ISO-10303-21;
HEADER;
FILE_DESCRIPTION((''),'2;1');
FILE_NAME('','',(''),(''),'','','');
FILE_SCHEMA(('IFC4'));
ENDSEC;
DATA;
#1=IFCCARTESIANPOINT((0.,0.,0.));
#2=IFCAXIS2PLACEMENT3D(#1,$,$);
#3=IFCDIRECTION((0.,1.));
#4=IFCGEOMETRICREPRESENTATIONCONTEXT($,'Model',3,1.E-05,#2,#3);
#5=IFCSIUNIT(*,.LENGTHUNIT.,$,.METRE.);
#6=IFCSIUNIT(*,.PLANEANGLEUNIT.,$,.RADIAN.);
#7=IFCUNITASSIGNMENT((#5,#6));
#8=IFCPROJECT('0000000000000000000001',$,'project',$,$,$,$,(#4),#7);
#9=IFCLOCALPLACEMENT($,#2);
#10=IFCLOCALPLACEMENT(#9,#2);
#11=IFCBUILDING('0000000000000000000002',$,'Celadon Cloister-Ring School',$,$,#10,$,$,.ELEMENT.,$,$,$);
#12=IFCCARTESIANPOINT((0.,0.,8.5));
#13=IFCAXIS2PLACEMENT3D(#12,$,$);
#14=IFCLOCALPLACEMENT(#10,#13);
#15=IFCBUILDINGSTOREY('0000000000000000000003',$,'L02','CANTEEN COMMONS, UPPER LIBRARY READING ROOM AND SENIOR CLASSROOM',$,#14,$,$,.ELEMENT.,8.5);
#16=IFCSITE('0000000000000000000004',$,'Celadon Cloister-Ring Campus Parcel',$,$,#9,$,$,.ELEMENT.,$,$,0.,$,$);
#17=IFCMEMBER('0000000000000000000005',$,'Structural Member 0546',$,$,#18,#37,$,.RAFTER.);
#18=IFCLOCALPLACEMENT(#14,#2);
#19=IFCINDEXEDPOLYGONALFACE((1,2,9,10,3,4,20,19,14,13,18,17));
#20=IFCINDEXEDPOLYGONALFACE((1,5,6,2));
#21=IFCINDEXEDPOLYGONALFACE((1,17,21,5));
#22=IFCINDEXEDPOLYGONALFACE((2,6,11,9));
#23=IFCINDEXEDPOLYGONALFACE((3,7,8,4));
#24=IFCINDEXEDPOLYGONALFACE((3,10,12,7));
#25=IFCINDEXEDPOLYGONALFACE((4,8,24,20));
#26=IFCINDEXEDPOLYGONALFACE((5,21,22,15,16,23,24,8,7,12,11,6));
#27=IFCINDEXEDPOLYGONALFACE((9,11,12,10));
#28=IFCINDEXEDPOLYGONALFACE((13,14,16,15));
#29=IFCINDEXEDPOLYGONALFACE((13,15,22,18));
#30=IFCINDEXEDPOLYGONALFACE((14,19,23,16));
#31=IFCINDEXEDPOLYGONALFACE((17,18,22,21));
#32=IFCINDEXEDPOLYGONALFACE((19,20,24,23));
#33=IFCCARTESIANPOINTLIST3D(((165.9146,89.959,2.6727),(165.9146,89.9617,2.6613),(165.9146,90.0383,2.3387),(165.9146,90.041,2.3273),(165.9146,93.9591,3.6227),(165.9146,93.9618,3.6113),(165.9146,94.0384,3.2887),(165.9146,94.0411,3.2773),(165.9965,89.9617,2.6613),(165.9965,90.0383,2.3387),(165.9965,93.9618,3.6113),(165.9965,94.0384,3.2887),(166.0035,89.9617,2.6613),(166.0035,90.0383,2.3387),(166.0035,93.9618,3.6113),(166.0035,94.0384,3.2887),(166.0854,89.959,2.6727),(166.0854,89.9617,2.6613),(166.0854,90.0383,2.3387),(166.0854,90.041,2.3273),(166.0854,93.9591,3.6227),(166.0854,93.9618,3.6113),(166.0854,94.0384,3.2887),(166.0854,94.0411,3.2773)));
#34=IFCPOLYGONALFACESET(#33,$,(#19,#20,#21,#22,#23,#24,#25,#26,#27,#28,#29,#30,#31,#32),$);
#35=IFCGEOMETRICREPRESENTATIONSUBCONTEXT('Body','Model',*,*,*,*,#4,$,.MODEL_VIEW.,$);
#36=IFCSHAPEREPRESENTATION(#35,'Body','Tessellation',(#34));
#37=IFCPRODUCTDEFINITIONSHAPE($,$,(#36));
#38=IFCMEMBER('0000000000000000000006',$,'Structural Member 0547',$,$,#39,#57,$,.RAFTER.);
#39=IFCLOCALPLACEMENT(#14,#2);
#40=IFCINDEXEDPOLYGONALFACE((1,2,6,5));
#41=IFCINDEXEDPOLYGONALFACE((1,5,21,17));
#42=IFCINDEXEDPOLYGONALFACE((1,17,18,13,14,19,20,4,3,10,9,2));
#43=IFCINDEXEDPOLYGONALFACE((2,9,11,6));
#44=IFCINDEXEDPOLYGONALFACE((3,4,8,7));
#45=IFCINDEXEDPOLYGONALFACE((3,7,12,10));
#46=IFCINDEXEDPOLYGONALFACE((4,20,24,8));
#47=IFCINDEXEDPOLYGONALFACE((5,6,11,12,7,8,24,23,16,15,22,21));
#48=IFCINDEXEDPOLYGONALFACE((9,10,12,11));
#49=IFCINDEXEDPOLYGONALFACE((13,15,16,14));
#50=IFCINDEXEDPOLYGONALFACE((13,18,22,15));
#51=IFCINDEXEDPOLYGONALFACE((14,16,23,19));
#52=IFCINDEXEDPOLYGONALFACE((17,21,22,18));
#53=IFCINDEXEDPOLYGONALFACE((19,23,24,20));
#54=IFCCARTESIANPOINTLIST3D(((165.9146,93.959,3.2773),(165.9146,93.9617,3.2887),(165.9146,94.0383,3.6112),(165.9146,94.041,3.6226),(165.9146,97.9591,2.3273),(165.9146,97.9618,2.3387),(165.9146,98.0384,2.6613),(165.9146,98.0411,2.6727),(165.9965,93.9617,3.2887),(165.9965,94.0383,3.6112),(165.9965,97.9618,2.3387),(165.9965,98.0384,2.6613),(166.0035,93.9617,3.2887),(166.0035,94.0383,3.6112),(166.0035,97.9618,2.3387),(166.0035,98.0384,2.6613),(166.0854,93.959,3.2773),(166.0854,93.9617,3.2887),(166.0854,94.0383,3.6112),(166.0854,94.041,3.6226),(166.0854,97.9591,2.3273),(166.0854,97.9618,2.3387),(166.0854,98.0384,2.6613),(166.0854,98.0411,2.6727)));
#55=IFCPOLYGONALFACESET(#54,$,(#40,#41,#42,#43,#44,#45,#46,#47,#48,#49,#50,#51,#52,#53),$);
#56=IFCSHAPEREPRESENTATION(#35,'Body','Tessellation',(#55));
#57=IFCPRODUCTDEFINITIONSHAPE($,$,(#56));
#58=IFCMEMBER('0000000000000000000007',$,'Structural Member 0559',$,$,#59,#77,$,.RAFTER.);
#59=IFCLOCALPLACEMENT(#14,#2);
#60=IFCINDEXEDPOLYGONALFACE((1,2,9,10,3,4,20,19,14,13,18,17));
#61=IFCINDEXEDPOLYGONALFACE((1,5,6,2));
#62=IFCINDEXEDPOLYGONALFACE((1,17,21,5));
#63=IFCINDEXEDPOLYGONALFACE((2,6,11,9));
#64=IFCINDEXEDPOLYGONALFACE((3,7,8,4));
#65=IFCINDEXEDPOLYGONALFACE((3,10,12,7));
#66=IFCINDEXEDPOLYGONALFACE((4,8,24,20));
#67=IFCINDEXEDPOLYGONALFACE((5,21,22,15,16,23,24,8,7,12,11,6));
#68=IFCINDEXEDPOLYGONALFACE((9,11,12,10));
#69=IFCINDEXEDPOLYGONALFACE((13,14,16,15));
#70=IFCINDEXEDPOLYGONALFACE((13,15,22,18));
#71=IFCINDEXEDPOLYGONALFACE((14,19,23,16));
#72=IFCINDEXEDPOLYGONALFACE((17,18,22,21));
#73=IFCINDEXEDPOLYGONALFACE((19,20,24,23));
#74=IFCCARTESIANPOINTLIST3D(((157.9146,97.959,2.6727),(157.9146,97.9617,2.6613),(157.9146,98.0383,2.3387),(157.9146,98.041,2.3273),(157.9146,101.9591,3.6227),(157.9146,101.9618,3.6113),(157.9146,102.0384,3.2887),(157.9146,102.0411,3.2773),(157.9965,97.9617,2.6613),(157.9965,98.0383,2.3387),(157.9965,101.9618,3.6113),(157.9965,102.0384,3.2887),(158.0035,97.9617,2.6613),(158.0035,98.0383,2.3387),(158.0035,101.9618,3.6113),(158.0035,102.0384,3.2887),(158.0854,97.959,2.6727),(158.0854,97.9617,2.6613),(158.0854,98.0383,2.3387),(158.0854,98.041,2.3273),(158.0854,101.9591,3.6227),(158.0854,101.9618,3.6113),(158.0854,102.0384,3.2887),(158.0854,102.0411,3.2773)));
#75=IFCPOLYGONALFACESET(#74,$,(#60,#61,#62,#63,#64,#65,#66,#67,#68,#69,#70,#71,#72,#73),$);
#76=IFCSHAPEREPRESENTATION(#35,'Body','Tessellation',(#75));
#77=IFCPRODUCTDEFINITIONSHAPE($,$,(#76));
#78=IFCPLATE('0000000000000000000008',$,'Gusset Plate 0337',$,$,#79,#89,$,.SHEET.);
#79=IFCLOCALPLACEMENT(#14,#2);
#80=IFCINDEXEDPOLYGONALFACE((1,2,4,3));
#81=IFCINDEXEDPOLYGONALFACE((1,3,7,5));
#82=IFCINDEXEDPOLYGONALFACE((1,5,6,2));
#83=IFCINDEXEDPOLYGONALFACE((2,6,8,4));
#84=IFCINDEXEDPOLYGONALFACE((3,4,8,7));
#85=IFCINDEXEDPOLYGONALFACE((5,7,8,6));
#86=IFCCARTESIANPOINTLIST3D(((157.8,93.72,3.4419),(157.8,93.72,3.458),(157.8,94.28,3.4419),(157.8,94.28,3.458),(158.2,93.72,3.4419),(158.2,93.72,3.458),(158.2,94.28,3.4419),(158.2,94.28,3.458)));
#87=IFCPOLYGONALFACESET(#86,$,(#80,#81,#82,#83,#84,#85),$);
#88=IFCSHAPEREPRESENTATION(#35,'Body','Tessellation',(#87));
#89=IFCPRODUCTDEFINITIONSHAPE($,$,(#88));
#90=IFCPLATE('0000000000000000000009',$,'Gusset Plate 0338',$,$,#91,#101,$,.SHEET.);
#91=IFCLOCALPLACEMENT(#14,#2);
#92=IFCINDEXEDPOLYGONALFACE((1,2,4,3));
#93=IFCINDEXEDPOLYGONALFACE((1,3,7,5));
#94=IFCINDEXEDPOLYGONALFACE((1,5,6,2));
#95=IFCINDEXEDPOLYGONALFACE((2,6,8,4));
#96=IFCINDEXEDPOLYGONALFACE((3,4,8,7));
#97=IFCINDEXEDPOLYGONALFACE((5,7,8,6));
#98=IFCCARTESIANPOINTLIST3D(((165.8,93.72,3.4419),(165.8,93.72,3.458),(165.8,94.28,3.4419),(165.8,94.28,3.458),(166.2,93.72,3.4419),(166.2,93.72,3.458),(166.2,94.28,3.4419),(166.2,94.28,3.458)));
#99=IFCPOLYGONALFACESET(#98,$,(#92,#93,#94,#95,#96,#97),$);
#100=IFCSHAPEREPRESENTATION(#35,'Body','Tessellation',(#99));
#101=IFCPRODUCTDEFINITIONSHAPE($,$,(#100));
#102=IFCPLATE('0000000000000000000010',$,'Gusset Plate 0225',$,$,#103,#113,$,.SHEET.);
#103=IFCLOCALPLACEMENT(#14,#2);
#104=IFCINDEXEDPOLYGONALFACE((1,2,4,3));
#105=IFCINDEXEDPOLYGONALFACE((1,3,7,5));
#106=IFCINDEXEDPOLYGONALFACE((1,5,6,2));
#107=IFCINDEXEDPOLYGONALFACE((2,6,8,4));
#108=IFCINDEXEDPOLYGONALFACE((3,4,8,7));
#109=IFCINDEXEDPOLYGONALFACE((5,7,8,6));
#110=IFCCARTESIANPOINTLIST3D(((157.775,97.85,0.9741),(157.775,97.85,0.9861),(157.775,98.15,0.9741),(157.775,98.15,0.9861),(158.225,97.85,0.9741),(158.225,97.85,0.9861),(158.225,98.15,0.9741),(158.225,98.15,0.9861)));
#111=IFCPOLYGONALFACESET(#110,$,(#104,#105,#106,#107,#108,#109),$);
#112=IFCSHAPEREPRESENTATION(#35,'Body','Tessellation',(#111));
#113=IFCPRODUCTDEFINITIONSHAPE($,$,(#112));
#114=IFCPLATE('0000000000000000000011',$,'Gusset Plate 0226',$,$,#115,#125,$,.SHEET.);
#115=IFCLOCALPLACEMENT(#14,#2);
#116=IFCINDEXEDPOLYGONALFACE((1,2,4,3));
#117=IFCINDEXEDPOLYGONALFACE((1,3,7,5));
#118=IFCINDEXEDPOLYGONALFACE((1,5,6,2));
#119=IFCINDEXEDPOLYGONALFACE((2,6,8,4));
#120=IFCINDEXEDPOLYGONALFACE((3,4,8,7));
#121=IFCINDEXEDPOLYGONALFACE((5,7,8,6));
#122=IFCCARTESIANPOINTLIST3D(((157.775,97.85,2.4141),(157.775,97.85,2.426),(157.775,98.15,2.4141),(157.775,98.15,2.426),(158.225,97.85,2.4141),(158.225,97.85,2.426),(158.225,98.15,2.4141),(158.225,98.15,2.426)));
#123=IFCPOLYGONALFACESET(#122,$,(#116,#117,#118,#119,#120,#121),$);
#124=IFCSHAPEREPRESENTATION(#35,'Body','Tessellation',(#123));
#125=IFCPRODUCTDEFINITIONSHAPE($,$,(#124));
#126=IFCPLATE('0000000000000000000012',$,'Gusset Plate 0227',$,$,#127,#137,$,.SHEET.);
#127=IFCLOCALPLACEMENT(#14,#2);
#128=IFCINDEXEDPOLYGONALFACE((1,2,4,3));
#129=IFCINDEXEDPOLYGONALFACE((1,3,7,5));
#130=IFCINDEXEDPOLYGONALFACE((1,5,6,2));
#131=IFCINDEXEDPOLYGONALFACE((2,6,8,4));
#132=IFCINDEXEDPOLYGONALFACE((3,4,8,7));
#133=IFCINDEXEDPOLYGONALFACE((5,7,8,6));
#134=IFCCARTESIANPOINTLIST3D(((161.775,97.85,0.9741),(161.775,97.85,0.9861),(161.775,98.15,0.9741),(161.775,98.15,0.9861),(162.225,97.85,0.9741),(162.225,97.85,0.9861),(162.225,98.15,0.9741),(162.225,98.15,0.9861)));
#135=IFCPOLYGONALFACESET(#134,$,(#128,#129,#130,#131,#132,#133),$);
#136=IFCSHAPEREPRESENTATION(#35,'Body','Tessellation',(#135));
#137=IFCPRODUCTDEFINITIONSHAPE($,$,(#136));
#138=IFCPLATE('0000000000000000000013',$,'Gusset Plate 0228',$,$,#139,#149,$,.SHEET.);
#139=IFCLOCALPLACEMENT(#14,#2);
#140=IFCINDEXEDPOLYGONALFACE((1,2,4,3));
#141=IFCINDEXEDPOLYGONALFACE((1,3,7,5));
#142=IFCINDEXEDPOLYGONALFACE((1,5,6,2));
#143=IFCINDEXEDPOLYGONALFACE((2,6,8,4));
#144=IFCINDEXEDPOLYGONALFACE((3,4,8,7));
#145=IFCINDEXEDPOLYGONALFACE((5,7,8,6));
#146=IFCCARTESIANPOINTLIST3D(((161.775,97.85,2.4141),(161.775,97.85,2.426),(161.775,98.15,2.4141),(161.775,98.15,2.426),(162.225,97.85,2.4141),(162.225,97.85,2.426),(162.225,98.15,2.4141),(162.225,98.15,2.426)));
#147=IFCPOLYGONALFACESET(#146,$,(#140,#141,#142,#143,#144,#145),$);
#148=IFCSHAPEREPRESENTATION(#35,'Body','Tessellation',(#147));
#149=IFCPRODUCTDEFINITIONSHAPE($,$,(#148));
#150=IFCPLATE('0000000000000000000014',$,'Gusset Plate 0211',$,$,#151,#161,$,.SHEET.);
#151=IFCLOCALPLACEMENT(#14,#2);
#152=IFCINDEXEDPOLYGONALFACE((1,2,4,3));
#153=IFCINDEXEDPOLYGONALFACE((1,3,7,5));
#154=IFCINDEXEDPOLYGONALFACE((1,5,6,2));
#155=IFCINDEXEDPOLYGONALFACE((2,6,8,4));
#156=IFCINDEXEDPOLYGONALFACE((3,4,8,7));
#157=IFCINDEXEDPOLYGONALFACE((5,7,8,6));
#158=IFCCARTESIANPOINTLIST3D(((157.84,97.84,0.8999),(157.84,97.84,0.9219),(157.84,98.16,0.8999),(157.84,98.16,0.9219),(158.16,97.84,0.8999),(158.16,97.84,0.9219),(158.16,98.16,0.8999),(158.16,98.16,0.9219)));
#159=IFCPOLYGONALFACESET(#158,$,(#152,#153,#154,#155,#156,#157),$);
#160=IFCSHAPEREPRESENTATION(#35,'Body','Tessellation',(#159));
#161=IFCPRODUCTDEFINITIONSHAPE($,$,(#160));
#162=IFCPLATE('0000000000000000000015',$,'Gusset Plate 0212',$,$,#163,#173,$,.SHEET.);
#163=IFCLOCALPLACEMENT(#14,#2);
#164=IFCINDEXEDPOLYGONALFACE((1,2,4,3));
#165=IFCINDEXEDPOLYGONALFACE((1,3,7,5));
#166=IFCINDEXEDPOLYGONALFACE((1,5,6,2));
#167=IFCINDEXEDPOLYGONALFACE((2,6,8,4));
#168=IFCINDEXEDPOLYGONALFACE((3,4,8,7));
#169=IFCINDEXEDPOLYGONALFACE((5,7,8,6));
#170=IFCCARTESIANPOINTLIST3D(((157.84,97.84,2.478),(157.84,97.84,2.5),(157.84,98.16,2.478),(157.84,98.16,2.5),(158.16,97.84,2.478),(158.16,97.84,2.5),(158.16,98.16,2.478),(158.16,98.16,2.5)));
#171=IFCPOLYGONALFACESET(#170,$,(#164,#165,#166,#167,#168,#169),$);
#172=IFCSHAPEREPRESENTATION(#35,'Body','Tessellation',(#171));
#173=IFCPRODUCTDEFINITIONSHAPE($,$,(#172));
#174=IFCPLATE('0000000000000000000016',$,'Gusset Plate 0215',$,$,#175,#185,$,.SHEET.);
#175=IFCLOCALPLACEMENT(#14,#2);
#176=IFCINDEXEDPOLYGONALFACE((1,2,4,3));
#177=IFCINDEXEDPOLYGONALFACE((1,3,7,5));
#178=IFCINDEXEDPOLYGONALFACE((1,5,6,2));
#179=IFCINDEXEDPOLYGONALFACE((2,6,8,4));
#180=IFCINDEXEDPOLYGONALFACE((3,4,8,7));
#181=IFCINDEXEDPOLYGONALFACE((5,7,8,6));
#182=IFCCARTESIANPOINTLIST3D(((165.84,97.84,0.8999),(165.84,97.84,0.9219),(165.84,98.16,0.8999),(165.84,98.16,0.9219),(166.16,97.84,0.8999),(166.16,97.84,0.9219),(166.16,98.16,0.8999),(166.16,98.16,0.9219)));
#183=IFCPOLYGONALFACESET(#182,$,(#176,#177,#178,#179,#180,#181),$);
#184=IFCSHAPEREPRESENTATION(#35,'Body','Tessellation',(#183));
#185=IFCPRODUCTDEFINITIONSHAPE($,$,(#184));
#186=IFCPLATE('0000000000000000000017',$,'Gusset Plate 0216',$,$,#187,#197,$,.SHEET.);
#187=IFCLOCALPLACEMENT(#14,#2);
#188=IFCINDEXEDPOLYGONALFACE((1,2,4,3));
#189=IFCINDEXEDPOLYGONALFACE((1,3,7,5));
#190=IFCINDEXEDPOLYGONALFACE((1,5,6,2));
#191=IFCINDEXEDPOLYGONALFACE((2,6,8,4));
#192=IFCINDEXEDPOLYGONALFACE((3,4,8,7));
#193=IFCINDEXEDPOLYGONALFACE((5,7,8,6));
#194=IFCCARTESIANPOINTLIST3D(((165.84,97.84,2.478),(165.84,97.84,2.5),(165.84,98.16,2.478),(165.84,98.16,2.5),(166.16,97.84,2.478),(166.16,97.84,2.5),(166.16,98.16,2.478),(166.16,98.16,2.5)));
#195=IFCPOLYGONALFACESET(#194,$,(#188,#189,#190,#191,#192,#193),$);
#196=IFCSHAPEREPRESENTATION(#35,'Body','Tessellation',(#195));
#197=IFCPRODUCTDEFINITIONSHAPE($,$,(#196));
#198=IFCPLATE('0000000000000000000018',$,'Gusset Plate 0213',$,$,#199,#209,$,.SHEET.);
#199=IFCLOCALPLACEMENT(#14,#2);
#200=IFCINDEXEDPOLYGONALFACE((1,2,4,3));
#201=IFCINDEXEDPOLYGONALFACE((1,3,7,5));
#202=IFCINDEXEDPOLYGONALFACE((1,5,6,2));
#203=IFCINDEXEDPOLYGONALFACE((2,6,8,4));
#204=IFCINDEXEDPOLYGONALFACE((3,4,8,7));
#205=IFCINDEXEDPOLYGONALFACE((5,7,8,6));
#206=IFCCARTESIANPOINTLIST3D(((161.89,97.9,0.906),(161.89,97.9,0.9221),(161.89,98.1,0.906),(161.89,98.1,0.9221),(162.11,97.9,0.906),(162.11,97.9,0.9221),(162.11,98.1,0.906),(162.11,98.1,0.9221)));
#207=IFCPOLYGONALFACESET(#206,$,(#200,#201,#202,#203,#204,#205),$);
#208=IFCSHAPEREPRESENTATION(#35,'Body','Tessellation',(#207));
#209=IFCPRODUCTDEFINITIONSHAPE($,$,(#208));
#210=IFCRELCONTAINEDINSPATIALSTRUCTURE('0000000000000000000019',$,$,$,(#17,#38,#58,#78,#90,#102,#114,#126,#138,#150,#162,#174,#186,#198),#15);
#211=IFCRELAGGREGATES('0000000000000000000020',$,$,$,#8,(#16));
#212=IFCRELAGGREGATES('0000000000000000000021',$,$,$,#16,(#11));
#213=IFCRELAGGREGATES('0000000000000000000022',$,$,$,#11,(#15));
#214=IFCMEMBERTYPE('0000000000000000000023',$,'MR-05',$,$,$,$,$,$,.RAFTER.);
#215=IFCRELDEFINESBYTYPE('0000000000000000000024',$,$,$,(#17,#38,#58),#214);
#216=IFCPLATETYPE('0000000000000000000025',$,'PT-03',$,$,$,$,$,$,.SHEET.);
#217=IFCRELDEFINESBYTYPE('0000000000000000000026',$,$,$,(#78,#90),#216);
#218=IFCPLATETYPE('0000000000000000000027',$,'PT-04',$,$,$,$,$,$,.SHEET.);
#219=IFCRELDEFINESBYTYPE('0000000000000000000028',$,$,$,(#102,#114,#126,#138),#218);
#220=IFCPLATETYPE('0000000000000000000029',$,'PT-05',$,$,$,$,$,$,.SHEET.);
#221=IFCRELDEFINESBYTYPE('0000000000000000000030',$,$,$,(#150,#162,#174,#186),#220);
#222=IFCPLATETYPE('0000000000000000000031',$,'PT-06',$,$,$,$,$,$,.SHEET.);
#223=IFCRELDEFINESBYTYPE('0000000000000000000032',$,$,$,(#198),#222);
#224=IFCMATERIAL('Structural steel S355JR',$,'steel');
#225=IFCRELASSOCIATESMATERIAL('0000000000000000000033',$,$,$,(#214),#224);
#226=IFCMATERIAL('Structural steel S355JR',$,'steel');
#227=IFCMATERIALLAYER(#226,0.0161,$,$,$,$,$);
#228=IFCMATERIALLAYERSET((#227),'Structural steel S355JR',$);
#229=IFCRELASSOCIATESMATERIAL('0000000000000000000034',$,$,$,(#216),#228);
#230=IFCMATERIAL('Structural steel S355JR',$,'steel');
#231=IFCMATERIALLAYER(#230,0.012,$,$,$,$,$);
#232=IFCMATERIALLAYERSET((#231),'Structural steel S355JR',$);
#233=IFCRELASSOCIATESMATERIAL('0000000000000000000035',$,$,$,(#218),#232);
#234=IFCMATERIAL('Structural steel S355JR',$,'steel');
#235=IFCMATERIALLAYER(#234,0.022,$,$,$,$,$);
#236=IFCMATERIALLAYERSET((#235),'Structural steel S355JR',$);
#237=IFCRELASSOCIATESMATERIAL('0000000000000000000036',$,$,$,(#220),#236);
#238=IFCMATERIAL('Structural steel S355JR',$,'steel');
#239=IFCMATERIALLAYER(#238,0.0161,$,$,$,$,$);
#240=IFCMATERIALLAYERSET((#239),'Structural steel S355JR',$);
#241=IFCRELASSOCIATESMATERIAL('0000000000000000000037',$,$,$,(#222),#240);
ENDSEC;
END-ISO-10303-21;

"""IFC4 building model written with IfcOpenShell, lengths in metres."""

from ifc_helpers import new_model, si_unit, direction, frame, origin, origin_2d, place, context, subcontext, project, spatial, rectangle, i_section, extrude, material, layer, layer_set, material_profile, profile_set, type_object, element, save


model = new_model("IFC4")

# Units and contexts
model_context = context("Model", 3, precision=1e-05, world=origin(), true_north=direction((0.0, 1.0)))
body_context = subcontext(model_context, "Body", "Model", "MODEL_VIEW")
ifc_project = project(units=[si_unit("LENGTHUNIT", "METRE"), si_unit("PLANEANGLEUNIT", "RADIAN")], contexts=[model_context])

# Site, building, storey
site_placement = place(None, origin())
site = spatial("IfcSite", under=ifc_project, at=site_placement, Name="Celadon Cloister-Ring Campus Parcel", CompositionType="ELEMENT", RefElevation=0.0)
building_placement = place(site_placement, origin())
building = spatial("IfcBuilding", under=site, at=building_placement, Name="Celadon Cloister-Ring School", CompositionType="ELEMENT")
storey_placement = place(building_placement, frame((0.0, 0.0, 8.5)))
storey = spatial("IfcBuildingStorey", under=building, at=storey_placement, Name="L02", Description="CANTEEN COMMONS, UPPER LIBRARY READING ROOM AND SENIOR CLASSROOM", CompositionType="ELEMENT", Elevation=8.5)

# Members
ifc_material_1 = material(Name="Structural steel S355JR", Category="steel")
ifc_material_profile_1 = material_profile(ifc_material_1, i_section(OverallWidth=0.1709, OverallDepth=0.355, WebThickness=0.0071, FlangeThickness=0.0117, at=origin_2d()), Name="W360X51")
ifc_profile_set_1 = profile_set([ifc_material_profile_1], Name="Structural steel S355JR")
member_type_1 = type_object("IfcMemberType", Name="MR-05", PredefinedType="RAFTER", material=ifc_profile_set_1)
for number, where, z_axis, x_axis, name in (
    (1, (166.0, 90.0, 2.5), (0.0, 0.972939, 0.231061), (-1.0, 0.0, 0.0), "Structural Member 0546"),
    (2, (166.0, 94.0, 3.45), (0.0, 0.972939, -0.231061), (-1.0, 0.0, 0.0), "Structural Member 0547"),
    (3, (158.0, 98.0, 2.5), (0.0, 0.972939, 0.231061), (-1.0, 0.0, 0.0), "Structural Member 0559"),
):
    element("IfcMember", number, at=place(storey_placement, frame(where, z_axis=z_axis, x_axis=x_axis)), inside=storey, type_object=member_type_1, Name=name, PredefinedType="RAFTER", context=body_context, shape_type="SweptSolid", body=[
        extrude(i_section(OverallWidth=0.1709, OverallDepth=0.355, WebThickness=0.0071, FlangeThickness=0.0117, at=origin_2d()), origin(), (0.0, 0.0, 1.0), 4.1113),
    ])

# Plates
ifc_material_2 = material(Name="Structural steel S355JR", Category="steel")
ifc_layer_1 = layer(ifc_material_2, 0.0161)
ifc_layer_set_1 = layer_set([ifc_layer_1], Name="Structural steel S355JR")
plate_type_1 = type_object("IfcPlateType", Name="PT-03", PredefinedType="SHEET", material=ifc_layer_set_1)
for number, where, z_axis, x_axis, name in (
    (4, (158.0, 94.0, 3.4419), (0.0, 0.0, 1.0), (0.0, 1.0, 0.0), "Gusset Plate 0337"),
    (5, (166.0, 94.0, 3.4419), (0.0, 0.0, 1.0), (0.0, 1.0, 0.0), "Gusset Plate 0338"),
):
    element("IfcPlate", number, at=place(storey_placement, frame(where, z_axis=z_axis, x_axis=x_axis)), inside=storey, type_object=plate_type_1, Name=name, PredefinedType="SHEET", context=body_context, shape_type="SweptSolid", body=[
        extrude(rectangle(XDim=0.5601, YDim=0.3999, at=origin_2d()), origin(), (0.0, 0.0, 1.0), 0.0161),
    ])
ifc_material_3 = material(Name="Structural steel S355JR", Category="steel")
ifc_layer_2 = layer(ifc_material_3, 0.012)
ifc_layer_set_2 = layer_set([ifc_layer_2], Name="Structural steel S355JR")
plate_type_2 = type_object("IfcPlateType", Name="PT-04", PredefinedType="SHEET", material=ifc_layer_set_2)
for number, where, z_axis, x_axis, name in (
    (6, (158.0, 98.0, 0.9741), (0.0, 0.0, 1.0), (1.0, 0.0, 0.0), "Gusset Plate 0225"),
    (7, (158.0, 98.0, 2.4141), (0.0, 0.0, 1.0), (1.0, 0.0, 0.0), "Gusset Plate 0226"),
    (8, (162.0, 98.0, 0.9741), (0.0, 0.0, 1.0), (1.0, 0.0, 0.0), "Gusset Plate 0227"),
    (9, (162.0, 98.0, 2.4141), (0.0, 0.0, 1.0), (1.0, 0.0, 0.0), "Gusset Plate 0228"),
):
    element("IfcPlate", number, at=place(storey_placement, frame(where, z_axis=z_axis, x_axis=x_axis)), inside=storey, type_object=plate_type_2, Name=name, PredefinedType="SHEET", context=body_context, shape_type="SweptSolid", body=[
        extrude(rectangle(XDim=0.45, YDim=0.3, at=origin_2d()), origin(), (0.0, 0.0, 1.0), 0.012),
    ])
ifc_material_4 = material(Name="Structural steel S355JR", Category="steel")
ifc_layer_3 = layer(ifc_material_4, 0.022)
ifc_layer_set_3 = layer_set([ifc_layer_3], Name="Structural steel S355JR")
plate_type_3 = type_object("IfcPlateType", Name="PT-05", PredefinedType="SHEET", material=ifc_layer_set_3)
for number, where, z_axis, x_axis, name in (
    (10, (158.0, 98.0, 0.8999), (0.0, 0.0, 1.0), (1.0, 0.0, 0.0), "Gusset Plate 0211"),
    (11, (158.0, 98.0, 2.478), (0.0, 0.0, 1.0), (1.0, 0.0, 0.0), "Gusset Plate 0212"),
    (12, (166.0, 98.0, 0.8999), (0.0, 0.0, 1.0), (1.0, 0.0, 0.0), "Gusset Plate 0215"),
    (13, (166.0, 98.0, 2.478), (0.0, 0.0, 1.0), (1.0, 0.0, 0.0), "Gusset Plate 0216"),
):
    element("IfcPlate", number, at=place(storey_placement, frame(where, z_axis=z_axis, x_axis=x_axis)), inside=storey, type_object=plate_type_3, Name=name, PredefinedType="SHEET", context=body_context, shape_type="SweptSolid", body=[
        extrude(rectangle(XDim=0.3201, YDim=0.3201, at=origin_2d()), origin(), (0.0, 0.0, 1.0), 0.022),
    ])
ifc_material_5 = material(Name="Structural steel S355JR", Category="steel")
ifc_layer_4 = layer(ifc_material_5, 0.0161)
ifc_layer_set_4 = layer_set([ifc_layer_4], Name="Structural steel S355JR")
plate_type_4 = type_object("IfcPlateType", Name="PT-06", PredefinedType="SHEET", material=ifc_layer_set_4)
for number, where, z_axis, x_axis, name in (
    (14, (162.0, 98.0, 0.906), (0.0, 0.0, 1.0), (1.0, 0.0, 0.0), "Gusset Plate 0213"),
):
    element("IfcPlate", number, at=place(storey_placement, frame(where, z_axis=z_axis, x_axis=x_axis)), inside=storey, type_object=plate_type_4, Name=name, PredefinedType="SHEET", context=body_context, shape_type="SweptSolid", body=[
        extrude(rectangle(XDim=0.22, YDim=0.2, at=origin_2d()), origin(), (0.0, 0.0, 1.0), 0.0161),
    ])

save(model, "model.ifc")
